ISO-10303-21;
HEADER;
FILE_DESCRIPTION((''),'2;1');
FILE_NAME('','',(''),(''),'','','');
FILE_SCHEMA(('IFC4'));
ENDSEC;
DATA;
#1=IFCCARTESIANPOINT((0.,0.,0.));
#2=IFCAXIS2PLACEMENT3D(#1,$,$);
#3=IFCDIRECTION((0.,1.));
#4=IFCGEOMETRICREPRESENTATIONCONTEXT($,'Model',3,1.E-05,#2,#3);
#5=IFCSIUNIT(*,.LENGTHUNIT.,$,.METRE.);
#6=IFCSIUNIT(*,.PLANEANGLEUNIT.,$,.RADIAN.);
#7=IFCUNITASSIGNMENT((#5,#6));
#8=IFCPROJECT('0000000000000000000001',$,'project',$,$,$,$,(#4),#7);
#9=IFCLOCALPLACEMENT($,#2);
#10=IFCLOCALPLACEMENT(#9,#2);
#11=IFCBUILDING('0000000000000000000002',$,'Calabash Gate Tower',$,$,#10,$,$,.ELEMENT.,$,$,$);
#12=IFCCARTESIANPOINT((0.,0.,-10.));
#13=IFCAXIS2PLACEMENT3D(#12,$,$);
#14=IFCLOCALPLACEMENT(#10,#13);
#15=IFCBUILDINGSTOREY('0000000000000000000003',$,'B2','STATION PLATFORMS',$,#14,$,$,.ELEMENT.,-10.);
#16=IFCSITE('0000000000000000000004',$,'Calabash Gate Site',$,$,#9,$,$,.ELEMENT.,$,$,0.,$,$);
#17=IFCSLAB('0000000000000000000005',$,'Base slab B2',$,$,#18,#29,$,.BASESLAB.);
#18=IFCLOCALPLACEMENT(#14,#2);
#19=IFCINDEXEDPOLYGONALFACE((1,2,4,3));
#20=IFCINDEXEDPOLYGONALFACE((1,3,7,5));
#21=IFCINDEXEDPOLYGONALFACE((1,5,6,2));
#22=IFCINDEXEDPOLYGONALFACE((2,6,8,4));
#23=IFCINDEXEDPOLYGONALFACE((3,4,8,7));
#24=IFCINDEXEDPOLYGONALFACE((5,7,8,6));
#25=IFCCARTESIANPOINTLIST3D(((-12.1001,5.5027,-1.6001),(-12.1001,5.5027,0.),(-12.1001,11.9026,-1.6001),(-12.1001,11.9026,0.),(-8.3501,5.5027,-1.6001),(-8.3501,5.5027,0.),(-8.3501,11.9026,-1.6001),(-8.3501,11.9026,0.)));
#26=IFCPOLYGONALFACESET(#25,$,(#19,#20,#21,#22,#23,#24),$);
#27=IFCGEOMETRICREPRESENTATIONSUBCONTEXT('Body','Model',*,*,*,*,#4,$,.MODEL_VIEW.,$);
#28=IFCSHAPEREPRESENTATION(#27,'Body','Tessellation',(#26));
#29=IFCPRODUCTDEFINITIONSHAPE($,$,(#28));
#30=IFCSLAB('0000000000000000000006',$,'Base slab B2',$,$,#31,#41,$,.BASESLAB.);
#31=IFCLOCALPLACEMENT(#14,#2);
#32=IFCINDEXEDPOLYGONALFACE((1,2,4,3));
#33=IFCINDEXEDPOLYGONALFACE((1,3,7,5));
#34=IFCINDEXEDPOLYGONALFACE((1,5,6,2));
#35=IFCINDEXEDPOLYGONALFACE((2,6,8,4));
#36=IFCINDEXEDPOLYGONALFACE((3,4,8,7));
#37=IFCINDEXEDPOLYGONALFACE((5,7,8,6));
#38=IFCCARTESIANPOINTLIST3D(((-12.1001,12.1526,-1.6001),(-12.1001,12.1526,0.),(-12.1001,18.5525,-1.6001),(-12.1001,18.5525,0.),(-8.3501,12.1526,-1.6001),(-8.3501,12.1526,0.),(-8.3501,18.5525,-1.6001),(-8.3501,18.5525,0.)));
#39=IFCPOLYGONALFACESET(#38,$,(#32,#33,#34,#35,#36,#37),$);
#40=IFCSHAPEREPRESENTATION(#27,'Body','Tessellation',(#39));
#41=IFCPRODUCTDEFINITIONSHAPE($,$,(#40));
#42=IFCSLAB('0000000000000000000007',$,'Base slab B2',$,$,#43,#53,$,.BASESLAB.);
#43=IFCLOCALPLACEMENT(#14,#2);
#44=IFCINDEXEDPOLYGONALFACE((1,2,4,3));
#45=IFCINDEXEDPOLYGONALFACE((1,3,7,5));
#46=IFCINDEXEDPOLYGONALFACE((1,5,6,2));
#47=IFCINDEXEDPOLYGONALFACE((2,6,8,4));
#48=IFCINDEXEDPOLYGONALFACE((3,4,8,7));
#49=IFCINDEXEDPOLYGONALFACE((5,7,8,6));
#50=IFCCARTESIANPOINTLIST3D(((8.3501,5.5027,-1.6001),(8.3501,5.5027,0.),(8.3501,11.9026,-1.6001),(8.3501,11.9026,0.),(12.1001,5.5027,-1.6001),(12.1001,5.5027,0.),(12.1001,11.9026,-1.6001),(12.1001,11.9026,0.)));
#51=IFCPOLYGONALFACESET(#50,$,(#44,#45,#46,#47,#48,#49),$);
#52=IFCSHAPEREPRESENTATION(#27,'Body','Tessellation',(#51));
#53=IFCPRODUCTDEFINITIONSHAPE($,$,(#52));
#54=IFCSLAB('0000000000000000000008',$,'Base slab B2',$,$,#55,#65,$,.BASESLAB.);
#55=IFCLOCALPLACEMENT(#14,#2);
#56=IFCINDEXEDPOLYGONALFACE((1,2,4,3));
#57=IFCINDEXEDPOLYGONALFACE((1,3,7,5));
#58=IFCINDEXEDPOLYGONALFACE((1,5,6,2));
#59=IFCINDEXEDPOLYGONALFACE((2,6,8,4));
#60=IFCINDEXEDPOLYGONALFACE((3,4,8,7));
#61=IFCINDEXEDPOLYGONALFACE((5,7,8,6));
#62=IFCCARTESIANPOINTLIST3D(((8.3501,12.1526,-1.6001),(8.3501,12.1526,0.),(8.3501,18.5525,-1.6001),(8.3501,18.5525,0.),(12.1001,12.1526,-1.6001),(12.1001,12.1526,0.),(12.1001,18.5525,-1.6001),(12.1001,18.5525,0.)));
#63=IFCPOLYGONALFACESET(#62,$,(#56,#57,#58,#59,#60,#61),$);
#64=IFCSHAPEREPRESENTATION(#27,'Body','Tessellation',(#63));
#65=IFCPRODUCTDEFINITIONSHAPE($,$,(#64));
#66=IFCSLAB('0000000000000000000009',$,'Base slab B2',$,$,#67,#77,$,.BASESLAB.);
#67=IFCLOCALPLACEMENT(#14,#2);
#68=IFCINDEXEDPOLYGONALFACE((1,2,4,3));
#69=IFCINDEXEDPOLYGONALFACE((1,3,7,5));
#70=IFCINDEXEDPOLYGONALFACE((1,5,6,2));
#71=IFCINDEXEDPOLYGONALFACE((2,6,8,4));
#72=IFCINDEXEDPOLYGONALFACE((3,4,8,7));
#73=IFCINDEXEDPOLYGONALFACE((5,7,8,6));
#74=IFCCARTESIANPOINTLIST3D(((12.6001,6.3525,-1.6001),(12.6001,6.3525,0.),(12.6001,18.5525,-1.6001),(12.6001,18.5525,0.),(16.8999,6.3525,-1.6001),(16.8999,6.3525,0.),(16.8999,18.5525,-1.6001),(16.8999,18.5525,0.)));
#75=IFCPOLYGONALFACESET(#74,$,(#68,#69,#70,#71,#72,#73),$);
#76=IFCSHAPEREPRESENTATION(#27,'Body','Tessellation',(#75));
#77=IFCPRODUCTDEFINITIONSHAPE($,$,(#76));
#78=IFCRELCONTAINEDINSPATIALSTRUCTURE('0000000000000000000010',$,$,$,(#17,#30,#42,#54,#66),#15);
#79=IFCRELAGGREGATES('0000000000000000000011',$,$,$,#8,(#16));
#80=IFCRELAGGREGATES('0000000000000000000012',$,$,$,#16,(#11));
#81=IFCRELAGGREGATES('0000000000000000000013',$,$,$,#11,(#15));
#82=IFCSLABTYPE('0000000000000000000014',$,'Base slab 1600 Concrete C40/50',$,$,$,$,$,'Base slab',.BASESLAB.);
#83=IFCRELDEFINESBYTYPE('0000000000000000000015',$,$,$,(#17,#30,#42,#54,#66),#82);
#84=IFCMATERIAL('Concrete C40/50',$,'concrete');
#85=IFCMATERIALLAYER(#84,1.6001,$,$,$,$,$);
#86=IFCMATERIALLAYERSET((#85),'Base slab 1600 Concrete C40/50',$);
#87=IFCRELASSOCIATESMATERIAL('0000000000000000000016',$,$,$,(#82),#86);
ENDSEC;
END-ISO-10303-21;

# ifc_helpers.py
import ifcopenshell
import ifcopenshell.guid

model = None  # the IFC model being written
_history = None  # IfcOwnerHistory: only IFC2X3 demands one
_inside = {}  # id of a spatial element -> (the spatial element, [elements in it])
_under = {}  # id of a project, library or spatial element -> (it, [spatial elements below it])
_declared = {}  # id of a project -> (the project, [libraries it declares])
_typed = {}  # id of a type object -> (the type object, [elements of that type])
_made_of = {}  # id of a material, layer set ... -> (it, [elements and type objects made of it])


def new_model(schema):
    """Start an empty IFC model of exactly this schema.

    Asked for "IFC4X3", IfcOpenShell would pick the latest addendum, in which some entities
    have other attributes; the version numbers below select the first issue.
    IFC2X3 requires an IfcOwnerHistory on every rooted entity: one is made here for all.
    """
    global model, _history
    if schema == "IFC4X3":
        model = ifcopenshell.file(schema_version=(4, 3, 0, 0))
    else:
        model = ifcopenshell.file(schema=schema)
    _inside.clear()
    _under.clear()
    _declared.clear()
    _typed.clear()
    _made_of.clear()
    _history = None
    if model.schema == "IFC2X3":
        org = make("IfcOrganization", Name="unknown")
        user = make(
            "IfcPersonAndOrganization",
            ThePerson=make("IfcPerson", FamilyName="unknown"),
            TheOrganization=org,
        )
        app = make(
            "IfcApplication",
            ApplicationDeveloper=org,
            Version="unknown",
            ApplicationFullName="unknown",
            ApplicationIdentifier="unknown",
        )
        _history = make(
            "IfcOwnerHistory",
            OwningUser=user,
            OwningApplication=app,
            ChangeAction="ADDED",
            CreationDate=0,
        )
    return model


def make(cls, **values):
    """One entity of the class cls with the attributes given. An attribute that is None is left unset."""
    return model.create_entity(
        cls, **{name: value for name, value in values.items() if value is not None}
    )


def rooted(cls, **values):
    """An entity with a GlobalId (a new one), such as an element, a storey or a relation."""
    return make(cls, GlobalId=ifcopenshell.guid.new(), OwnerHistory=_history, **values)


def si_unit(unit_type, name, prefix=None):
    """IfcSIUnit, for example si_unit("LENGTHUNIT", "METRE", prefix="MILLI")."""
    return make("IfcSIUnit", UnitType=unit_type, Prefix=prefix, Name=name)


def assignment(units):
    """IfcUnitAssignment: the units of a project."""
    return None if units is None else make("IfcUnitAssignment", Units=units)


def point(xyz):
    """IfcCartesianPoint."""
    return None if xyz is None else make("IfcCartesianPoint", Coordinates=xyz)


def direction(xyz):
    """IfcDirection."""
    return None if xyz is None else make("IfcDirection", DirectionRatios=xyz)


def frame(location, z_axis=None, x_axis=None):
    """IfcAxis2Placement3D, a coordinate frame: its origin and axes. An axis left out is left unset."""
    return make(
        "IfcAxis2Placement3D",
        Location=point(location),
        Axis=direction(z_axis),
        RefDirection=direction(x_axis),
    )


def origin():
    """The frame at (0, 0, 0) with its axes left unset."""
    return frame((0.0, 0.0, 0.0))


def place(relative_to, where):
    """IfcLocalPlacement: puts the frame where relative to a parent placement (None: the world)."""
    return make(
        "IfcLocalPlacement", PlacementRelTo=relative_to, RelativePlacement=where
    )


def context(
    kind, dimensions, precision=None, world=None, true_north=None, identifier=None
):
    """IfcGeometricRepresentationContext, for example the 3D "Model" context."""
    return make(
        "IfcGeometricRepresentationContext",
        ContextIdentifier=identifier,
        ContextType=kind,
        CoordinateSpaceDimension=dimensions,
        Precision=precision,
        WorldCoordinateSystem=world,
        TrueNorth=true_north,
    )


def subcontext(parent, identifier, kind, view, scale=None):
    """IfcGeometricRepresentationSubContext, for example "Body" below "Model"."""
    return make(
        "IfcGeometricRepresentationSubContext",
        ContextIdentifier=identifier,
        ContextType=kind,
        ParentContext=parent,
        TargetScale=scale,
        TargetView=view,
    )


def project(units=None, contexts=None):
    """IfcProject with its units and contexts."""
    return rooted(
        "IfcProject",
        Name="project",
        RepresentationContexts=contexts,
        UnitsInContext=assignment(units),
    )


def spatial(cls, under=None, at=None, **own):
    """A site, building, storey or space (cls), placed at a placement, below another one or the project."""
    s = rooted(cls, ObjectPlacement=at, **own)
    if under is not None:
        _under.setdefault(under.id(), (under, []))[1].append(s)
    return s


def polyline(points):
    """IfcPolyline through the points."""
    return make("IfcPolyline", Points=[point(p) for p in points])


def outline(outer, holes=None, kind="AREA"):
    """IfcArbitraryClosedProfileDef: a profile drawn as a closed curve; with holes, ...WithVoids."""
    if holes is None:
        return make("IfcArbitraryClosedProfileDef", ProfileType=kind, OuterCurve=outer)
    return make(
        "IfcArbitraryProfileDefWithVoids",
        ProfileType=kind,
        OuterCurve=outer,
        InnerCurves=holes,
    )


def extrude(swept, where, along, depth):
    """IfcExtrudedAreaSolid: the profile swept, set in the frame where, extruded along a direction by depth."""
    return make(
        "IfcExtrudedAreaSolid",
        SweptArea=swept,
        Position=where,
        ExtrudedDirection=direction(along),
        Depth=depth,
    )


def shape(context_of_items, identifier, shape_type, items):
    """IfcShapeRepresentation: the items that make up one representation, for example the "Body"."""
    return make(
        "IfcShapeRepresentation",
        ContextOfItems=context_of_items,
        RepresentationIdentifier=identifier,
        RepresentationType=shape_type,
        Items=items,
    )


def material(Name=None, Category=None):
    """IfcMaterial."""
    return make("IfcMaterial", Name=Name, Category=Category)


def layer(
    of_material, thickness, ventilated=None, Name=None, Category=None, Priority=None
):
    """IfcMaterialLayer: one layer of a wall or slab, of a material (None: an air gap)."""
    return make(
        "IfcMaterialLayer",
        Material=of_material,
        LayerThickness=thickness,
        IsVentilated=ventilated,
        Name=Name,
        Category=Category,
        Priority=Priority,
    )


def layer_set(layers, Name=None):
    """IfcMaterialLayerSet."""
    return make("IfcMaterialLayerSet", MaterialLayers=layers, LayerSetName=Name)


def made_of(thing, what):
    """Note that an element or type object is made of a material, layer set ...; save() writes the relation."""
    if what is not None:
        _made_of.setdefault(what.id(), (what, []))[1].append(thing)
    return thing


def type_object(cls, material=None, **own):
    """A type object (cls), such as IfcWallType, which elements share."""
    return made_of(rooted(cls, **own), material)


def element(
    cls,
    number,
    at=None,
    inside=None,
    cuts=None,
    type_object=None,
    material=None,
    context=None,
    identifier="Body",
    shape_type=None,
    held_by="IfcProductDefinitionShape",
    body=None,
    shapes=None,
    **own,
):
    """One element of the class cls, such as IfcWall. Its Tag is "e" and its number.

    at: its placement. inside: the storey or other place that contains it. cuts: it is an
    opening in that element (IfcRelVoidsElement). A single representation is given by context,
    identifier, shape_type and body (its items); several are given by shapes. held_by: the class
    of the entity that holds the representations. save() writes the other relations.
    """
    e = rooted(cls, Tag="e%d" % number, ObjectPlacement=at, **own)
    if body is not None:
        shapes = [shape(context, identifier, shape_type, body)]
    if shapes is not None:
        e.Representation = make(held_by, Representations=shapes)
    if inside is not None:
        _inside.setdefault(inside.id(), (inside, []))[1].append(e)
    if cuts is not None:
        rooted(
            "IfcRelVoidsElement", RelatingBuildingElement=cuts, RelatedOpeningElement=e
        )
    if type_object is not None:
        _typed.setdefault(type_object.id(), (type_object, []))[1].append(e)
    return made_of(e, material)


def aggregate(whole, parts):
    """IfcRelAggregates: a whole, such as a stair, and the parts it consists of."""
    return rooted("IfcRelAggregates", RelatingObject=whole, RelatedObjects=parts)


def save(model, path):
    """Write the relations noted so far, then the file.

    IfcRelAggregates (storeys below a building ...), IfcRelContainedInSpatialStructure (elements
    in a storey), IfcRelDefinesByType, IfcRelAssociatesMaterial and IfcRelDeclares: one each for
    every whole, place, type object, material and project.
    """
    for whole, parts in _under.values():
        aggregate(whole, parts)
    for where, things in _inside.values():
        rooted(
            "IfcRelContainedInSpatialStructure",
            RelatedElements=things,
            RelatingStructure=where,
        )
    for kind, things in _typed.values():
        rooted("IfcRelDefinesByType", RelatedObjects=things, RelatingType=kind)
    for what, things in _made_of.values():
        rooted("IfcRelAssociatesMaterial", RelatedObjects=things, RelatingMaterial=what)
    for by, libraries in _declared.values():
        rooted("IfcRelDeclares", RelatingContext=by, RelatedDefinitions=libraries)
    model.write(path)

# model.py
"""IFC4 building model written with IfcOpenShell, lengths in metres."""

from ifc_helpers import new_model, si_unit, direction, frame, origin, place, context, subcontext, project, spatial, polyline, outline, extrude, material, layer, layer_set, type_object, element, save


model = new_model("IFC4")

# Units and contexts
model_context = context("Model", 3, precision=1e-05, world=origin(), true_north=direction((0.0, 1.0)))
body_context = subcontext(model_context, "Body", "Model", "MODEL_VIEW")
ifc_project = project(units=[si_unit("LENGTHUNIT", "METRE"), si_unit("PLANEANGLEUNIT", "RADIAN")], contexts=[model_context])

# Site, building, storey
site_placement = place(None, origin())
site = spatial("IfcSite", under=ifc_project, at=site_placement, Name="Calabash Gate Site", CompositionType="ELEMENT", RefElevation=0.0)
building_placement = place(site_placement, origin())
building = spatial("IfcBuilding", under=site, at=building_placement, Name="Calabash Gate Tower", CompositionType="ELEMENT")
storey_placement = place(building_placement, frame((0.0, 0.0, -10.0)))
storey = spatial("IfcBuildingStorey", under=building, at=storey_placement, Name="B2", Description="STATION PLATFORMS", CompositionType="ELEMENT", Elevation=-10.0)

# Slabs
ifc_material_1 = material(Name="Concrete C40/50", Category="concrete")
ifc_layer = layer(ifc_material_1, 1.6001)
ifc_layer_set = layer_set([ifc_layer], Name="Base slab 1600 Concrete C40/50")
slab_type = type_object("IfcSlabType", Name="Base slab 1600 Concrete C40/50", ElementType="Base slab", PredefinedType="BASESLAB", material=ifc_layer_set)
slab_1_placement = place(storey_placement, frame((0.0, 0.0, -1.6001)))
element("IfcSlab", 1, at=slab_1_placement, inside=storey, type_object=slab_type, Name="Base slab B2", PredefinedType="BASESLAB", context=body_context, shape_type="SweptSolid", body=[
    extrude(outline(polyline([(-12.1001, 5.5027), (-12.1001, 11.9026), (-8.3501, 11.9026), (-8.3501, 5.5027), (-12.1001, 5.5027)])), origin(), (0.0, 0.0, 1.0), 1.6001),
])
slab_2_placement = place(storey_placement, frame((0.0, 0.0, -1.6001)))
element("IfcSlab", 2, at=slab_2_placement, inside=storey, type_object=slab_type, Name="Base slab B2", PredefinedType="BASESLAB", context=body_context, shape_type="SweptSolid", body=[
    extrude(outline(polyline([(-8.3501, 18.5525), (-8.3501, 12.1526), (-12.1001, 12.1526), (-12.1001, 18.5525), (-8.3501, 18.5525)])), origin(), (0.0, 0.0, 1.0), 1.6001),
])
slab_3_placement = place(storey_placement, frame((0.0, 0.0, -1.6001)))
element("IfcSlab", 3, at=slab_3_placement, inside=storey, type_object=slab_type, Name="Base slab B2", PredefinedType="BASESLAB", context=body_context, shape_type="SweptSolid", body=[
    extrude(outline(polyline([(8.3501, 5.5027), (8.3501, 11.9026), (12.1001, 11.9026), (12.1001, 5.5027), (8.3501, 5.5027)])), origin(), (0.0, 0.0, 1.0), 1.6001),
])
slab_4_placement = place(storey_placement, frame((0.0, 0.0, -1.6001)))
element("IfcSlab", 4, at=slab_4_placement, inside=storey, type_object=slab_type, Name="Base slab B2", PredefinedType="BASESLAB", context=body_context, shape_type="SweptSolid", body=[
    extrude(outline(polyline([(12.1001, 18.5525), (12.1001, 12.1526), (8.3501, 12.1526), (8.3501, 18.5525), (12.1001, 18.5525)])), origin(), (0.0, 0.0, 1.0), 1.6001),
])
slab_5_placement = place(storey_placement, frame((0.0, 0.0, -1.6001)))
element("IfcSlab", 5, at=slab_5_placement, inside=storey, type_object=slab_type, Name="Base slab B2", PredefinedType="BASESLAB", context=body_context, shape_type="SweptSolid", body=[
    extrude(outline(polyline([(12.6001, 18.5525), (16.8999, 18.5525), (16.8999, 6.3525), (12.6001, 6.3525), (12.6001, 18.5525)])), origin(), (0.0, 0.0, 1.0), 1.6001),
])

save(model, "model.ifc")
